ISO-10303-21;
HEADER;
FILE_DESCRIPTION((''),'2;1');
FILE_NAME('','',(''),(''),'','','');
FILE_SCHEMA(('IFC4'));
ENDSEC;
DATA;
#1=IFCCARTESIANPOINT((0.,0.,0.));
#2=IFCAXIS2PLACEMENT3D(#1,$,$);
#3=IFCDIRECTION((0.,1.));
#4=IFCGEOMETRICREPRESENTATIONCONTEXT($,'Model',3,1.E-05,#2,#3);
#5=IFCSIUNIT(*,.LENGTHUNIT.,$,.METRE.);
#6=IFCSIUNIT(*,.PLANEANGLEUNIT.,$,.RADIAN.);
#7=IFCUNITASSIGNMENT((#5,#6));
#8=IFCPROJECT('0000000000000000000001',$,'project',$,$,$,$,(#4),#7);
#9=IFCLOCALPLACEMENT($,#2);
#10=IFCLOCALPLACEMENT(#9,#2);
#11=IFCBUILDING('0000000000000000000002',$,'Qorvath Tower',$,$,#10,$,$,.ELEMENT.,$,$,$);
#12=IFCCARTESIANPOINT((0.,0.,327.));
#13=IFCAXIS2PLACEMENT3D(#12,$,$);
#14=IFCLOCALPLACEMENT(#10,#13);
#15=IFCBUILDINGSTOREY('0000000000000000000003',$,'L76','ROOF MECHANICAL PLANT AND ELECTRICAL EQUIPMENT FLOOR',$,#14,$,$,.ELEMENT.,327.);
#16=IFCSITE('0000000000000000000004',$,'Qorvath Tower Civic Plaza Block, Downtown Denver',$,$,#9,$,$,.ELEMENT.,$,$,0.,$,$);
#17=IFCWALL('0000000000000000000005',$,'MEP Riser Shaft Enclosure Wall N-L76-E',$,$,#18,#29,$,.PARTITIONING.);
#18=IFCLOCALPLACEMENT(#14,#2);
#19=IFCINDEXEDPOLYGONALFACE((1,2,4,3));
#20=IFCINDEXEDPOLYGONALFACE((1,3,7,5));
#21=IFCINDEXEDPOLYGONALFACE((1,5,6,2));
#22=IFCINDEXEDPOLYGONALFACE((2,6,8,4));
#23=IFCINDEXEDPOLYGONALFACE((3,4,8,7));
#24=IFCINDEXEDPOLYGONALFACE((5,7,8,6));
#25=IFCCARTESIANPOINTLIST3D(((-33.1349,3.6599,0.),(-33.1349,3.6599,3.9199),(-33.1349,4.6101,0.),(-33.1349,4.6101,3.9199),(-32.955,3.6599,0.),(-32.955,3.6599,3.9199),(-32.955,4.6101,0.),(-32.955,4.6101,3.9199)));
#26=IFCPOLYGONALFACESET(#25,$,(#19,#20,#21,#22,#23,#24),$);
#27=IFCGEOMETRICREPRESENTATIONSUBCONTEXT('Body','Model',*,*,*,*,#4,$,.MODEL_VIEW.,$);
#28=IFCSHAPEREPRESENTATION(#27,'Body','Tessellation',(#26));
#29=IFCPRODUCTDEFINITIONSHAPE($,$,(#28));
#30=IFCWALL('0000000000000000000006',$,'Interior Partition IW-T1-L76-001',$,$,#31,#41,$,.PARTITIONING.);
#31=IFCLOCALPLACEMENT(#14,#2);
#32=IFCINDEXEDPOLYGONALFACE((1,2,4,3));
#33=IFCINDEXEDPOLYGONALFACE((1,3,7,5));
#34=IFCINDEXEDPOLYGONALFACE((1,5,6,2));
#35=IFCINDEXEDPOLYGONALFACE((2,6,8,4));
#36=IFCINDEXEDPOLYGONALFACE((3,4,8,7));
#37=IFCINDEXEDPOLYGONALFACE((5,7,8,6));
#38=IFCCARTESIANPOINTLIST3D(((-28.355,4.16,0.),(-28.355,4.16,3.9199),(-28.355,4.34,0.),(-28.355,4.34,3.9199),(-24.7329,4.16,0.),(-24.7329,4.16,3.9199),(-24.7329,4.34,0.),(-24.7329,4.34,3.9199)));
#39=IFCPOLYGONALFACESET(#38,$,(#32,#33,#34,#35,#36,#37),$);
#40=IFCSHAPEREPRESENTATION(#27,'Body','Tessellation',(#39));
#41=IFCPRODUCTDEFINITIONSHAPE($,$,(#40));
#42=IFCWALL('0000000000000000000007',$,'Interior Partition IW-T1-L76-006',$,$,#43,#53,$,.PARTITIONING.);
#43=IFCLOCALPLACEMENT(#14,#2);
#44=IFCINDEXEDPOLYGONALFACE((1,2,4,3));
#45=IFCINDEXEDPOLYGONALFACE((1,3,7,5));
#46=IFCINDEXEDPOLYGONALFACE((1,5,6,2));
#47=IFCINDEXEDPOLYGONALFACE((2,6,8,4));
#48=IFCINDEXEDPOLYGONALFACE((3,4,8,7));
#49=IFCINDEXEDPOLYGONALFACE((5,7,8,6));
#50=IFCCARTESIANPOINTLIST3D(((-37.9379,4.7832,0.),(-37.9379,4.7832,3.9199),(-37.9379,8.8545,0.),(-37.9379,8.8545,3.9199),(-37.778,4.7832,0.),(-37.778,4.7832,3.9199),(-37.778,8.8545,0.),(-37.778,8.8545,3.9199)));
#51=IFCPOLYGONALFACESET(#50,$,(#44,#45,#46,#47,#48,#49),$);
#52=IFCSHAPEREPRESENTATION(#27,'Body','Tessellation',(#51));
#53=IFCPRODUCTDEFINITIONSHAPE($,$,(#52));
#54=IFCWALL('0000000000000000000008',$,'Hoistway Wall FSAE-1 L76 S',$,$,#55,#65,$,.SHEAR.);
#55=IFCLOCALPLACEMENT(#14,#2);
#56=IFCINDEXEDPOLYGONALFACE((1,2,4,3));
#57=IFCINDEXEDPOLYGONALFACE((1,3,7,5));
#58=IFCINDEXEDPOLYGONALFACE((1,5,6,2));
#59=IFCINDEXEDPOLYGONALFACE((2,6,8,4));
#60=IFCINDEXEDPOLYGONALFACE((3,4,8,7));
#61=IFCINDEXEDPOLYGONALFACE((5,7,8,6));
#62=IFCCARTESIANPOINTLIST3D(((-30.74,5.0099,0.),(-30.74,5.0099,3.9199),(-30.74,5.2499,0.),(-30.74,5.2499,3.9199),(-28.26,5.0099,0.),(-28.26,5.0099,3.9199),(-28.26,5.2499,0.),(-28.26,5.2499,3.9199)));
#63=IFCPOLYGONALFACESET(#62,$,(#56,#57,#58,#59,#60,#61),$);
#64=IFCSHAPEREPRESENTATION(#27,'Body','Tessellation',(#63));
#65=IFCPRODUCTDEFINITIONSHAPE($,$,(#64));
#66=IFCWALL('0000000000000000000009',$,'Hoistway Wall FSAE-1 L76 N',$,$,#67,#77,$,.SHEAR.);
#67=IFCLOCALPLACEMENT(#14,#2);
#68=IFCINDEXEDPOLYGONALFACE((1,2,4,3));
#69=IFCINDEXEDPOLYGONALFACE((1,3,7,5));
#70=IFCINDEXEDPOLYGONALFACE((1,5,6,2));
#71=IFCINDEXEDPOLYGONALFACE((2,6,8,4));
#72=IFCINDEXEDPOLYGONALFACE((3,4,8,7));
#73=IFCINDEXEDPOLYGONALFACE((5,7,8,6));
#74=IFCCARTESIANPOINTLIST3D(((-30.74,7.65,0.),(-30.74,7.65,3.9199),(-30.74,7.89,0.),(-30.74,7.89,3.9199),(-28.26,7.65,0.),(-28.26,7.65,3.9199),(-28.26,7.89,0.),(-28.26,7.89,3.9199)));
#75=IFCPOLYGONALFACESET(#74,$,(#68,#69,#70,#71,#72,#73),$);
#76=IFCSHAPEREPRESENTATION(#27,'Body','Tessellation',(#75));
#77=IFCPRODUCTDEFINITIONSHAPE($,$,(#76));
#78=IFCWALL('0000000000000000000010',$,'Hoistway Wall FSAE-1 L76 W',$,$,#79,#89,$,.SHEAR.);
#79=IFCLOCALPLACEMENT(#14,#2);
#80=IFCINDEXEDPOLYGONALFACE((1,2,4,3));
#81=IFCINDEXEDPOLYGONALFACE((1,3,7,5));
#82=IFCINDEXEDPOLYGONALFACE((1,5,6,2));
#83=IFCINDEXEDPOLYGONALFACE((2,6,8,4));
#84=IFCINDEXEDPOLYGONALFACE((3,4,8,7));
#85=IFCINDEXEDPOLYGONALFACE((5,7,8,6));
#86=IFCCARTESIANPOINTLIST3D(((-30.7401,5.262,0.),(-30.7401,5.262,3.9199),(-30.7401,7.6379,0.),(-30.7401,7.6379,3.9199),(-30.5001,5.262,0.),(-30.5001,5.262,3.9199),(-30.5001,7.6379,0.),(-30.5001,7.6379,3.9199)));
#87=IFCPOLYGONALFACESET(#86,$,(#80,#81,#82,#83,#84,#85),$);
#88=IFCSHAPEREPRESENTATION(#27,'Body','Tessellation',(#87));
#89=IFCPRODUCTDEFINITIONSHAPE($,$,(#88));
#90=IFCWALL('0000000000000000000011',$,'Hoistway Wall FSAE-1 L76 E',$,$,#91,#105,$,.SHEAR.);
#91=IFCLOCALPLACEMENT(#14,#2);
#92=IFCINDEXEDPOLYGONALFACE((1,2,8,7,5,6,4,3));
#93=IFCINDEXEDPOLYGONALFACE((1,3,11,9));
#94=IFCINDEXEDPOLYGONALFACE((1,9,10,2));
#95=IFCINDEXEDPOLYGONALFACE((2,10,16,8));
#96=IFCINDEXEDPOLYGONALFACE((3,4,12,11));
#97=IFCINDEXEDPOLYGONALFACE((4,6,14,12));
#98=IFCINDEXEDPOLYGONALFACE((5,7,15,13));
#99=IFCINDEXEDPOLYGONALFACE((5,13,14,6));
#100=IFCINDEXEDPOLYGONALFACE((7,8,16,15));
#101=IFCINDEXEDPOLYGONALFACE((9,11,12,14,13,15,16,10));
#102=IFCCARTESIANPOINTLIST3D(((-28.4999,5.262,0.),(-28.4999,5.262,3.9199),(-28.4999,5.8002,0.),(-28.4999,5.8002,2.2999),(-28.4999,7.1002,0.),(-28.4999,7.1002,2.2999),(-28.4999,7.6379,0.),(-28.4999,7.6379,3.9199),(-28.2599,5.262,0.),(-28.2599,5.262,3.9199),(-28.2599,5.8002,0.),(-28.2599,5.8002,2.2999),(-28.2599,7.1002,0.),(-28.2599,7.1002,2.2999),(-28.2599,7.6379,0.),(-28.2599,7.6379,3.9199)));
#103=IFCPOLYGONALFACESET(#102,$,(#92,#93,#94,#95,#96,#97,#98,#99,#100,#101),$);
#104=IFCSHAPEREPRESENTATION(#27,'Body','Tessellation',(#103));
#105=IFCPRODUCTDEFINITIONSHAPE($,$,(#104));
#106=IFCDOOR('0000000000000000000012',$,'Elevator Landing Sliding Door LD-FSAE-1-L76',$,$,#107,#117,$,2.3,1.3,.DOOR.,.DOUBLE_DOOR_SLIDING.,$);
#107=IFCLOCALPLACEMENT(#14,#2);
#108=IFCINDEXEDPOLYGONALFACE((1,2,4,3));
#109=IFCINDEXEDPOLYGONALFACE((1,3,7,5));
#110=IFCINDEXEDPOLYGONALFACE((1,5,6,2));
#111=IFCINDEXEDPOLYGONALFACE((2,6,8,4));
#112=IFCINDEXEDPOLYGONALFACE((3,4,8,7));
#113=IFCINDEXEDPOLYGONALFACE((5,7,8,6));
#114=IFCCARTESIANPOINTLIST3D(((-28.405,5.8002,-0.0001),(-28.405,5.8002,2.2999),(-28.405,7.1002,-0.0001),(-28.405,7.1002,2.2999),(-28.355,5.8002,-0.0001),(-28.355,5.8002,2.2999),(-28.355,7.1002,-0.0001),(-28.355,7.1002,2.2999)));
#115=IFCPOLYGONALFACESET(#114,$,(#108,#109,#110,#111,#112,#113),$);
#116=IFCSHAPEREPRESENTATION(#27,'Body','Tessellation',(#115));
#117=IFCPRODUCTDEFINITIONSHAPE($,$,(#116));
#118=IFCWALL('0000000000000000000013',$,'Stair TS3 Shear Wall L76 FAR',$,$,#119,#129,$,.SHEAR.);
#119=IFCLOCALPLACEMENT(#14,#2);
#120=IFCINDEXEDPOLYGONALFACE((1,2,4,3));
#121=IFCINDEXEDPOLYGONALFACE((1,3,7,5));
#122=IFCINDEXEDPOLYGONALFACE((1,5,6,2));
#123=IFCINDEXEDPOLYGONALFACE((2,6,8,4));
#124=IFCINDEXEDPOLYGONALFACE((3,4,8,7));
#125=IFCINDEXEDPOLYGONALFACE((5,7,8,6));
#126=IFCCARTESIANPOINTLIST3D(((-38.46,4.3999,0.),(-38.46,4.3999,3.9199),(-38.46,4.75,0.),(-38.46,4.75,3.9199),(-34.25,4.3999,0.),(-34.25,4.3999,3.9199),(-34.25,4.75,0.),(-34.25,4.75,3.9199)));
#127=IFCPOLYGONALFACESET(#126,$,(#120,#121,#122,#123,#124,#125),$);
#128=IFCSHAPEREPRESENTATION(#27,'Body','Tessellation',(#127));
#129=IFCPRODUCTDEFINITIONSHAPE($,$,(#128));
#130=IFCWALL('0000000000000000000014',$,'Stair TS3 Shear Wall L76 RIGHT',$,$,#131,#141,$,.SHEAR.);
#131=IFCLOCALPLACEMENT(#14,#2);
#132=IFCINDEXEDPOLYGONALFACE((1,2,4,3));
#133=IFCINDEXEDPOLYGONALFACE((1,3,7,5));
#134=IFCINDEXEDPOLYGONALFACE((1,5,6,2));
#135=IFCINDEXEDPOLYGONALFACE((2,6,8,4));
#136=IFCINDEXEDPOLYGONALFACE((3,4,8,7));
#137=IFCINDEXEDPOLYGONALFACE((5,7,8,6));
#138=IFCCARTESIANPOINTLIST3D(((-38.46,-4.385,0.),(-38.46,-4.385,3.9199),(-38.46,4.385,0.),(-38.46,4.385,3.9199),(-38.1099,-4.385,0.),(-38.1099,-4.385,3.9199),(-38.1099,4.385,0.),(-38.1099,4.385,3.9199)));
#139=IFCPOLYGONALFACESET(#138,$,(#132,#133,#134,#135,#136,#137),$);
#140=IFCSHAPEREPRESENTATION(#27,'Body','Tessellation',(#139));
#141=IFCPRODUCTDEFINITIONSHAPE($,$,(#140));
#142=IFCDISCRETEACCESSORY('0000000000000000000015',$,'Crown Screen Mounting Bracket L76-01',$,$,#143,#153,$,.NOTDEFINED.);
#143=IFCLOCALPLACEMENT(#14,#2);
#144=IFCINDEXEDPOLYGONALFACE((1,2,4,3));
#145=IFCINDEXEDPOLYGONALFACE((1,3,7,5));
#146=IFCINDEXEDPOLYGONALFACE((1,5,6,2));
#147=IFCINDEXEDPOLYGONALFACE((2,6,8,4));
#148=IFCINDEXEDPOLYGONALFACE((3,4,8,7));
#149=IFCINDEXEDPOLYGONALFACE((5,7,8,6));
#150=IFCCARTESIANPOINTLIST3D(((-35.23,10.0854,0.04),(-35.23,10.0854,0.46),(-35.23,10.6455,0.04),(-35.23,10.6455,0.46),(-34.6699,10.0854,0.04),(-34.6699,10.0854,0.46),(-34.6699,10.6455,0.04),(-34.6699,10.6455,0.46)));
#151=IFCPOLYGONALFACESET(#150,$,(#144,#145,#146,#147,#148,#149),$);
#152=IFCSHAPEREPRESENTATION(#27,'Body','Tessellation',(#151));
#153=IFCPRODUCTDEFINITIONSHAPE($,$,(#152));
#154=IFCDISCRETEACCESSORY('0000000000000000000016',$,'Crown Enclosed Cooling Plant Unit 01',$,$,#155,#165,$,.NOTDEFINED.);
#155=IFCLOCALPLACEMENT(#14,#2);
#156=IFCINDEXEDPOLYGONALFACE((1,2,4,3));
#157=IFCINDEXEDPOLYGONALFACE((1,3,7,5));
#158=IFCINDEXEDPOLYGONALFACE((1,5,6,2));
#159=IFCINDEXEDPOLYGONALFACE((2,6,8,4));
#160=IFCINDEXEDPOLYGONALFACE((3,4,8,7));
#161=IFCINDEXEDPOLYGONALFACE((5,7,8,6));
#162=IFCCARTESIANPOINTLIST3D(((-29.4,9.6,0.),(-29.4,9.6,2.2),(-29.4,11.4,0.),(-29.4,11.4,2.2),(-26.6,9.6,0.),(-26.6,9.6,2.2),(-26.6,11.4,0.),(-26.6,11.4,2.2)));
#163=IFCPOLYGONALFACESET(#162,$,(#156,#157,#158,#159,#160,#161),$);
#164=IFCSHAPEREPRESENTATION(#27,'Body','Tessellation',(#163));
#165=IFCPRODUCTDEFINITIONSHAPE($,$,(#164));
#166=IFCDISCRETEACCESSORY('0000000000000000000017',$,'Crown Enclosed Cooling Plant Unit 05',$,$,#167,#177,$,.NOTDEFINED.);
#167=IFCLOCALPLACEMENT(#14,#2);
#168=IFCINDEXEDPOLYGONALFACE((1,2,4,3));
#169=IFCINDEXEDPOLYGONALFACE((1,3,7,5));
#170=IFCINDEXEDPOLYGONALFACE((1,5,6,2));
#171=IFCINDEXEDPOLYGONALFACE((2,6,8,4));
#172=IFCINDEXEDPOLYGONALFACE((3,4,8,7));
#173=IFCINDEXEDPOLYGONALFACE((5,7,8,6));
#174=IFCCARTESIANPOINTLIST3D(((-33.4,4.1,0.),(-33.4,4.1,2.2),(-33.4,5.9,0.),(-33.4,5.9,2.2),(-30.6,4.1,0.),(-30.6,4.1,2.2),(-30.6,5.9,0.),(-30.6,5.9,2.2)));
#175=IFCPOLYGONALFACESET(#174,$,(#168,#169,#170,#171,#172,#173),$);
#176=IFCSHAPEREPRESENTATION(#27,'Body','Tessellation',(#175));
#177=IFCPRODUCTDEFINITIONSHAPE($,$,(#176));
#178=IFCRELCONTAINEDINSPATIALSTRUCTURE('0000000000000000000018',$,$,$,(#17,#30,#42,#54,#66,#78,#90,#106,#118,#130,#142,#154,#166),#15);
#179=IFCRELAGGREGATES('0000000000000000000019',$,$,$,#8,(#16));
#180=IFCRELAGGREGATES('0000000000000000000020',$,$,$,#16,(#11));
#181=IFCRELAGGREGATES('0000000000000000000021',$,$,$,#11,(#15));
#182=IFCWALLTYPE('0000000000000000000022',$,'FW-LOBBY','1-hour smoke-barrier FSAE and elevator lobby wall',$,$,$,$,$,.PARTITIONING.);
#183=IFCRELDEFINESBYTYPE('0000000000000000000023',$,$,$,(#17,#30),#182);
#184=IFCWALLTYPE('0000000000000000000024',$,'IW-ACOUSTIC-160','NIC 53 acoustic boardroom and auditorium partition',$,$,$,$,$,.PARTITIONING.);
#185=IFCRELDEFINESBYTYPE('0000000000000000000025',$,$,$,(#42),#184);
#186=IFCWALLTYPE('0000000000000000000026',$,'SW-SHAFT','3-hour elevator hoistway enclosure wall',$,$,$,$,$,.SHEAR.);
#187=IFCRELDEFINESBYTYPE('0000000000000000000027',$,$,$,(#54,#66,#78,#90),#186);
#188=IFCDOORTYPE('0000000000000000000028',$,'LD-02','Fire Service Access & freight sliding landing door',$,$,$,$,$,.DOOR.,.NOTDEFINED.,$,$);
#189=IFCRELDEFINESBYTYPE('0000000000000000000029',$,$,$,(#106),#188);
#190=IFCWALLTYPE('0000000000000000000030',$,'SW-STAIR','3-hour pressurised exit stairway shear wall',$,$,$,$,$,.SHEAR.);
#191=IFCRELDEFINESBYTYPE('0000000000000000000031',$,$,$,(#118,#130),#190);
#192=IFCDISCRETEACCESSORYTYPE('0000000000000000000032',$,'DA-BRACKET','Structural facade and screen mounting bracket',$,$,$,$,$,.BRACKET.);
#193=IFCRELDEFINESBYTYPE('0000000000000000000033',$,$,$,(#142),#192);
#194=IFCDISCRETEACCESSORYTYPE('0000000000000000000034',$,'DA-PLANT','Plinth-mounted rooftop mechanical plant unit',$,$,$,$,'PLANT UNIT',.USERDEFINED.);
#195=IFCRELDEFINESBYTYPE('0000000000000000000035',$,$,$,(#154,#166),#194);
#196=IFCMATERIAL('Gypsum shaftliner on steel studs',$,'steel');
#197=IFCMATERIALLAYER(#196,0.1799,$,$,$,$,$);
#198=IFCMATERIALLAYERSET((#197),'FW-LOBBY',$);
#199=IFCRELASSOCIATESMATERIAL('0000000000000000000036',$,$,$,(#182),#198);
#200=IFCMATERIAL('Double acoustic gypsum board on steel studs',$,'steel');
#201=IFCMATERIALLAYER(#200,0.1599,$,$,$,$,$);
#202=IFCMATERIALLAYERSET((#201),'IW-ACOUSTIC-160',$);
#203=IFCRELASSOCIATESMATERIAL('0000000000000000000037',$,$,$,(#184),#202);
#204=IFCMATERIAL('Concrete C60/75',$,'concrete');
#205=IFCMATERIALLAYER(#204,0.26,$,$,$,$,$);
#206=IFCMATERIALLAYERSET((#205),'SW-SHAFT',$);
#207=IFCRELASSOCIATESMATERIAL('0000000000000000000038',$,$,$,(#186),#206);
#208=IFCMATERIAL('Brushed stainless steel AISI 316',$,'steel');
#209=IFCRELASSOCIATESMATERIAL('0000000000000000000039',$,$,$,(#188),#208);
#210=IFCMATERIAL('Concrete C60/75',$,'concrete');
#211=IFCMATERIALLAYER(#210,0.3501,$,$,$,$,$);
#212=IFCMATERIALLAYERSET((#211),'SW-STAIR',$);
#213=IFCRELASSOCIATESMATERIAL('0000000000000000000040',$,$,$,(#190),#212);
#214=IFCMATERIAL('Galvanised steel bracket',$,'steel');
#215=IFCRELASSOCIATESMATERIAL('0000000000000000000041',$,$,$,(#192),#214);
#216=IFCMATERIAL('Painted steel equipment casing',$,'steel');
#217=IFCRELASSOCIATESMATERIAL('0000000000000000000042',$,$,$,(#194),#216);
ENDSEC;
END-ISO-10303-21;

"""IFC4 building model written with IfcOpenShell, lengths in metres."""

from ifc_helpers import new_model, si_unit, direction, frame, frame_2d, origin, origin_2d, place, context, subcontext, project, spatial, rectangle, extrude, material, layer, layer_set, type_object, element, fill, save


model = new_model("IFC4")

# Units and contexts
model_context = context("Model", 3, precision=1e-05, world=origin(), true_north=direction((0.0, 1.0)))
body_context = subcontext(model_context, "Body", "Model", "MODEL_VIEW")
ifc_project = project(units=[si_unit("LENGTHUNIT", "METRE"), si_unit("PLANEANGLEUNIT", "RADIAN")], contexts=[model_context])

# Site, building, storey
site_placement = place(None, origin())
site = spatial("IfcSite", under=ifc_project, at=site_placement, Name="Qorvath Tower Civic Plaza Block, Downtown Denver", CompositionType="ELEMENT", RefElevation=0.0)
building_placement = place(site_placement, origin())
building = spatial("IfcBuilding", under=site, at=building_placement, Name="Qorvath Tower", CompositionType="ELEMENT")
storey_placement = place(building_placement, frame((0.0, 0.0, 327.0)))
storey = spatial("IfcBuildingStorey", under=building, at=storey_placement, Name="L76", Description="ROOF MECHANICAL PLANT AND ELECTRICAL EQUIPMENT FLOOR", CompositionType="ELEMENT", Elevation=327.0)

# Walls
ifc_material_1 = material(Name="Gypsum shaftliner on steel studs", Category="steel")
ifc_layer_1 = layer(ifc_material_1, 0.1799)
ifc_layer_set_1 = layer_set([ifc_layer_1], Name="FW-LOBBY")
wall_type_1 = type_object("IfcWallType", Name="FW-LOBBY", Description="1-hour smoke-barrier FSAE and elevator lobby wall", PredefinedType="PARTITIONING", material=ifc_layer_set_1)
for number, where, z_axis, x_axis, name in (
    (1, (-33.0449, 4.6101, 0.0), (0.0, 0.0, 1.0), (0.0, -1.0, 0.0), "MEP Riser Shaft Enclosure Wall N-L76-E"),
):
    element("IfcWall", number, at=place(storey_placement, frame(where, z_axis=z_axis, x_axis=x_axis)), inside=storey, type_object=wall_type_1, Name=name, PredefinedType="PARTITIONING", context=body_context, shape_type="SweptSolid", body=[
        extrude(rectangle(XDim=0.9502, YDim=0.1799, at=frame_2d((0.4751, 0.0))), origin(), (0.0, 0.0, 1.0), 3.9199),
    ])
wall_1_placement = place(storey_placement, frame((-28.355, 4.25, 0.0), z_axis=(0.0, 0.0, 1.0), x_axis=(1.0, 0.0, 0.0)))
element("IfcWall", 2, at=wall_1_placement, inside=storey, type_object=wall_type_1, Name="Interior Partition IW-T1-L76-001", PredefinedType="PARTITIONING", context=body_context, shape_type="SweptSolid", body=[
    extrude(rectangle(XDim=3.6221, YDim=0.1799, at=frame_2d((1.811, 0.0))), origin(), (0.0, 0.0, 1.0), 3.9199),
])
ifc_material_2 = material(Name="Double acoustic gypsum board on steel studs", Category="steel")
ifc_layer_2 = layer(ifc_material_2, 0.1599)
ifc_layer_set_2 = layer_set([ifc_layer_2], Name="IW-ACOUSTIC-160")
wall_type_2 = type_object("IfcWallType", Name="IW-ACOUSTIC-160", Description="NIC 53 acoustic boardroom and auditorium partition", PredefinedType="PARTITIONING", material=ifc_layer_set_2)
wall_2_placement = place(storey_placement, frame((-37.8579, 4.7832, 0.0), z_axis=(0.0, 0.0, 1.0), x_axis=(0.0, 1.0, 0.0)))
element("IfcWall", 3, at=wall_2_placement, inside=storey, type_object=wall_type_2, Name="Interior Partition IW-T1-L76-006", PredefinedType="PARTITIONING", context=body_context, shape_type="SweptSolid", body=[
    extrude(rectangle(XDim=4.0713, YDim=0.1599, at=frame_2d((2.0356, 0.0))), origin(), (0.0, 0.0, 1.0), 3.9199),
])
ifc_material_3 = material(Name="Concrete C60/75", Category="concrete")
ifc_layer_3 = layer(ifc_material_3, 0.26)
ifc_layer_set_3 = layer_set([ifc_layer_3], Name="SW-SHAFT")
wall_type_3 = type_object("IfcWallType", Name="SW-SHAFT", Description="3-hour elevator hoistway enclosure wall", PredefinedType="SHEAR", material=ifc_layer_set_3)
for number, where, z_axis, x_axis, name in (
    (4, (-28.26, 5.1299, 0.0), (0.0, 0.0, 1.0), (-1.0, 0.0, 0.0), "Hoistway Wall FSAE-1 L76 S"),
    (5, (-30.74, 7.77, 0.0), (0.0, 0.0, 1.0), (1.0, 0.0, 0.0), "Hoistway Wall FSAE-1 L76 N"),
):
    element("IfcWall", number, at=place(storey_placement, frame(where, z_axis=z_axis, x_axis=x_axis)), inside=storey, type_object=wall_type_3, Name=name, PredefinedType="SHEAR", context=body_context, shape_type="SweptSolid", body=[
        extrude(rectangle(XDim=2.48, YDim=0.24, at=frame_2d((1.24, 0.0))), origin(), (0.0, 0.0, 1.0), 3.9199),
    ])
wall_3_placement = place(storey_placement, frame((-30.6201, 5.262, 0.0), z_axis=(0.0, 0.0, 1.0), x_axis=(0.0, 1.0, 0.0)))
element("IfcWall", 6, at=wall_3_placement, inside=storey, type_object=wall_type_3, Name="Hoistway Wall FSAE-1 L76 W", PredefinedType="SHEAR", context=body_context, shape_type="SweptSolid", body=[
    extrude(rectangle(XDim=2.376, YDim=0.24, at=frame_2d((1.188, 0.0))), origin(), (0.0, 0.0, 1.0), 3.9199),
])

# Wall, opening, door
wall_4_placement = place(storey_placement, frame((-28.3799, 7.6379, 0.0), z_axis=(0.0, 0.0, 1.0), x_axis=(0.0, -1.0, 0.0)))
wall_4 = element("IfcWall", 7, at=wall_4_placement, inside=storey, type_object=wall_type_3, Name="Hoistway Wall FSAE-1 L76 E", PredefinedType="SHEAR", context=body_context, shape_type="SweptSolid", body=[
    extrude(rectangle(XDim=2.376, YDim=0.24, at=frame_2d((1.188, 0.0))), origin(), (0.0, 0.0, 1.0), 3.9199),
])
opening_placement = place(wall_4_placement, frame((0.5378, 0.0, 0.0)))
opening = element("IfcOpeningElement", 8, at=opening_placement, cuts=wall_4, PredefinedType="OPENING", context=body_context, shape_type="SweptSolid", body=[
    extrude(rectangle(XDim=1.3, YDim=2.3, at=frame_2d((0.6499, 1.1499))), frame((0.0, 0.1299, 0.0), z_axis=(0.0, -1.0, 0.0), x_axis=(1.0, 0.0, 0.0)), (0.0, 0.0, 1.0), 0.26),
])
ifc_material_4 = material(Name="Brushed stainless steel AISI 316", Category="steel")
door_type = type_object("IfcDoorType", Name="LD-02", Description="Fire Service Access & freight sliding landing door", OperationType="NOTDEFINED", PredefinedType="DOOR", material=ifc_material_4)
door_placement = place(opening_placement, origin())
door = element("IfcDoor", 9, at=door_placement, inside=storey, type_object=door_type, Name="Elevator Landing Sliding Door LD-FSAE-1-L76", OperationType="DOUBLE_DOOR_SLIDING", OverallHeight=2.3, OverallWidth=1.3, PredefinedType="DOOR", context=body_context, shape_type="SweptSolid", body=[
    extrude(rectangle(XDim=1.3, YDim=2.3, at=frame_2d((0.6499, 1.1499))), frame((0.0, 0.0249, 0.0), z_axis=(0.0, -1.0, 0.0), x_axis=(1.0, 0.0, 0.0)), (0.0, 0.0, 1.0), 0.05),
])
fill(opening, door)

# Walls
ifc_material_5 = material(Name="Concrete C60/75", Category="concrete")
ifc_layer_4 = layer(ifc_material_5, 0.3501)
ifc_layer_set_4 = layer_set([ifc_layer_4], Name="SW-STAIR")
wall_type_4 = type_object("IfcWallType", Name="SW-STAIR", Description="3-hour pressurised exit stairway shear wall", PredefinedType="SHEAR", material=ifc_layer_set_4)
wall_5_placement = place(storey_placement, frame((-34.25, 4.575, 0.0), z_axis=(0.0, 0.0, 1.0), x_axis=(-1.0, 0.0, 0.0)))
element("IfcWall", 10, at=wall_5_placement, inside=storey, type_object=wall_type_4, Name="Stair TS3 Shear Wall L76 FAR", PredefinedType="SHEAR", context=body_context, shape_type="SweptSolid", body=[
    extrude(rectangle(XDim=4.21, YDim=0.3501, at=frame_2d((2.105, 0.0))), origin(), (0.0, 0.0, 1.0), 3.9199),
])
wall_6_placement = place(storey_placement, frame((-38.2849, 4.385, 0.0), z_axis=(0.0, 0.0, 1.0), x_axis=(0.0, -1.0, 0.0)))
element("IfcWall", 11, at=wall_6_placement, inside=storey, type_object=wall_type_4, Name="Stair TS3 Shear Wall L76 RIGHT", PredefinedType="SHEAR", context=body_context, shape_type="SweptSolid", body=[
    extrude(rectangle(XDim=8.77, YDim=0.3501, at=frame_2d((4.385, 0.0))), origin(), (0.0, 0.0, 1.0), 3.9199),
])

# Discrete accessories
ifc_material_6 = material(Name="Galvanised steel bracket", Category="steel")
discrete_accessory_type_1 = type_object("IfcDiscreteAccessoryType", Name="DA-BRACKET", Description="Structural facade and screen mounting bracket", PredefinedType="BRACKET", material=ifc_material_6)
discrete_accessory_placement = place(storey_placement, frame((-34.95, 10.3655, 0.04), z_axis=(0.0, 0.0, 1.0), x_axis=(0.0, -1.0, 0.0)))
element("IfcDiscreteAccessory", 12, at=discrete_accessory_placement, inside=storey, type_object=discrete_accessory_type_1, Name="Crown Screen Mounting Bracket L76-01", PredefinedType="NOTDEFINED", context=body_context, shape_type="SweptSolid", body=[
    extrude(rectangle(XDim=0.5601, YDim=0.5601, at=origin_2d()), origin(), (0.0, 0.0, 1.0), 0.4199),
])
ifc_material_7 = material(Name="Painted steel equipment casing", Category="steel")
discrete_accessory_type_2 = type_object("IfcDiscreteAccessoryType", Name="DA-PLANT", Description="Plinth-mounted rooftop mechanical plant unit", ElementType="PLANT UNIT", PredefinedType="USERDEFINED", material=ifc_material_7)
for number, where, z_axis, x_axis, name in (
    (13, (-28.0, 10.5, 0.0), (0.0, 0.0, 1.0), (1.0, 0.0, 0.0), "Crown Enclosed Cooling Plant Unit 01"),
    (14, (-32.0, 5.0, 0.0), (0.0, 0.0, 1.0), (1.0, 0.0, 0.0), "Crown Enclosed Cooling Plant Unit 05"),
):
    element("IfcDiscreteAccessory", number, at=place(storey_placement, frame(where, z_axis=z_axis, x_axis=x_axis)), inside=storey, type_object=discrete_accessory_type_2, Name=name, PredefinedType="NOTDEFINED", context=body_context, shape_type="SweptSolid", body=[
        extrude(rectangle(XDim=2.8, YDim=1.8, at=origin_2d()), origin(), (0.0, 0.0, 1.0), 2.2),
    ])

save(model, "model.ifc")
